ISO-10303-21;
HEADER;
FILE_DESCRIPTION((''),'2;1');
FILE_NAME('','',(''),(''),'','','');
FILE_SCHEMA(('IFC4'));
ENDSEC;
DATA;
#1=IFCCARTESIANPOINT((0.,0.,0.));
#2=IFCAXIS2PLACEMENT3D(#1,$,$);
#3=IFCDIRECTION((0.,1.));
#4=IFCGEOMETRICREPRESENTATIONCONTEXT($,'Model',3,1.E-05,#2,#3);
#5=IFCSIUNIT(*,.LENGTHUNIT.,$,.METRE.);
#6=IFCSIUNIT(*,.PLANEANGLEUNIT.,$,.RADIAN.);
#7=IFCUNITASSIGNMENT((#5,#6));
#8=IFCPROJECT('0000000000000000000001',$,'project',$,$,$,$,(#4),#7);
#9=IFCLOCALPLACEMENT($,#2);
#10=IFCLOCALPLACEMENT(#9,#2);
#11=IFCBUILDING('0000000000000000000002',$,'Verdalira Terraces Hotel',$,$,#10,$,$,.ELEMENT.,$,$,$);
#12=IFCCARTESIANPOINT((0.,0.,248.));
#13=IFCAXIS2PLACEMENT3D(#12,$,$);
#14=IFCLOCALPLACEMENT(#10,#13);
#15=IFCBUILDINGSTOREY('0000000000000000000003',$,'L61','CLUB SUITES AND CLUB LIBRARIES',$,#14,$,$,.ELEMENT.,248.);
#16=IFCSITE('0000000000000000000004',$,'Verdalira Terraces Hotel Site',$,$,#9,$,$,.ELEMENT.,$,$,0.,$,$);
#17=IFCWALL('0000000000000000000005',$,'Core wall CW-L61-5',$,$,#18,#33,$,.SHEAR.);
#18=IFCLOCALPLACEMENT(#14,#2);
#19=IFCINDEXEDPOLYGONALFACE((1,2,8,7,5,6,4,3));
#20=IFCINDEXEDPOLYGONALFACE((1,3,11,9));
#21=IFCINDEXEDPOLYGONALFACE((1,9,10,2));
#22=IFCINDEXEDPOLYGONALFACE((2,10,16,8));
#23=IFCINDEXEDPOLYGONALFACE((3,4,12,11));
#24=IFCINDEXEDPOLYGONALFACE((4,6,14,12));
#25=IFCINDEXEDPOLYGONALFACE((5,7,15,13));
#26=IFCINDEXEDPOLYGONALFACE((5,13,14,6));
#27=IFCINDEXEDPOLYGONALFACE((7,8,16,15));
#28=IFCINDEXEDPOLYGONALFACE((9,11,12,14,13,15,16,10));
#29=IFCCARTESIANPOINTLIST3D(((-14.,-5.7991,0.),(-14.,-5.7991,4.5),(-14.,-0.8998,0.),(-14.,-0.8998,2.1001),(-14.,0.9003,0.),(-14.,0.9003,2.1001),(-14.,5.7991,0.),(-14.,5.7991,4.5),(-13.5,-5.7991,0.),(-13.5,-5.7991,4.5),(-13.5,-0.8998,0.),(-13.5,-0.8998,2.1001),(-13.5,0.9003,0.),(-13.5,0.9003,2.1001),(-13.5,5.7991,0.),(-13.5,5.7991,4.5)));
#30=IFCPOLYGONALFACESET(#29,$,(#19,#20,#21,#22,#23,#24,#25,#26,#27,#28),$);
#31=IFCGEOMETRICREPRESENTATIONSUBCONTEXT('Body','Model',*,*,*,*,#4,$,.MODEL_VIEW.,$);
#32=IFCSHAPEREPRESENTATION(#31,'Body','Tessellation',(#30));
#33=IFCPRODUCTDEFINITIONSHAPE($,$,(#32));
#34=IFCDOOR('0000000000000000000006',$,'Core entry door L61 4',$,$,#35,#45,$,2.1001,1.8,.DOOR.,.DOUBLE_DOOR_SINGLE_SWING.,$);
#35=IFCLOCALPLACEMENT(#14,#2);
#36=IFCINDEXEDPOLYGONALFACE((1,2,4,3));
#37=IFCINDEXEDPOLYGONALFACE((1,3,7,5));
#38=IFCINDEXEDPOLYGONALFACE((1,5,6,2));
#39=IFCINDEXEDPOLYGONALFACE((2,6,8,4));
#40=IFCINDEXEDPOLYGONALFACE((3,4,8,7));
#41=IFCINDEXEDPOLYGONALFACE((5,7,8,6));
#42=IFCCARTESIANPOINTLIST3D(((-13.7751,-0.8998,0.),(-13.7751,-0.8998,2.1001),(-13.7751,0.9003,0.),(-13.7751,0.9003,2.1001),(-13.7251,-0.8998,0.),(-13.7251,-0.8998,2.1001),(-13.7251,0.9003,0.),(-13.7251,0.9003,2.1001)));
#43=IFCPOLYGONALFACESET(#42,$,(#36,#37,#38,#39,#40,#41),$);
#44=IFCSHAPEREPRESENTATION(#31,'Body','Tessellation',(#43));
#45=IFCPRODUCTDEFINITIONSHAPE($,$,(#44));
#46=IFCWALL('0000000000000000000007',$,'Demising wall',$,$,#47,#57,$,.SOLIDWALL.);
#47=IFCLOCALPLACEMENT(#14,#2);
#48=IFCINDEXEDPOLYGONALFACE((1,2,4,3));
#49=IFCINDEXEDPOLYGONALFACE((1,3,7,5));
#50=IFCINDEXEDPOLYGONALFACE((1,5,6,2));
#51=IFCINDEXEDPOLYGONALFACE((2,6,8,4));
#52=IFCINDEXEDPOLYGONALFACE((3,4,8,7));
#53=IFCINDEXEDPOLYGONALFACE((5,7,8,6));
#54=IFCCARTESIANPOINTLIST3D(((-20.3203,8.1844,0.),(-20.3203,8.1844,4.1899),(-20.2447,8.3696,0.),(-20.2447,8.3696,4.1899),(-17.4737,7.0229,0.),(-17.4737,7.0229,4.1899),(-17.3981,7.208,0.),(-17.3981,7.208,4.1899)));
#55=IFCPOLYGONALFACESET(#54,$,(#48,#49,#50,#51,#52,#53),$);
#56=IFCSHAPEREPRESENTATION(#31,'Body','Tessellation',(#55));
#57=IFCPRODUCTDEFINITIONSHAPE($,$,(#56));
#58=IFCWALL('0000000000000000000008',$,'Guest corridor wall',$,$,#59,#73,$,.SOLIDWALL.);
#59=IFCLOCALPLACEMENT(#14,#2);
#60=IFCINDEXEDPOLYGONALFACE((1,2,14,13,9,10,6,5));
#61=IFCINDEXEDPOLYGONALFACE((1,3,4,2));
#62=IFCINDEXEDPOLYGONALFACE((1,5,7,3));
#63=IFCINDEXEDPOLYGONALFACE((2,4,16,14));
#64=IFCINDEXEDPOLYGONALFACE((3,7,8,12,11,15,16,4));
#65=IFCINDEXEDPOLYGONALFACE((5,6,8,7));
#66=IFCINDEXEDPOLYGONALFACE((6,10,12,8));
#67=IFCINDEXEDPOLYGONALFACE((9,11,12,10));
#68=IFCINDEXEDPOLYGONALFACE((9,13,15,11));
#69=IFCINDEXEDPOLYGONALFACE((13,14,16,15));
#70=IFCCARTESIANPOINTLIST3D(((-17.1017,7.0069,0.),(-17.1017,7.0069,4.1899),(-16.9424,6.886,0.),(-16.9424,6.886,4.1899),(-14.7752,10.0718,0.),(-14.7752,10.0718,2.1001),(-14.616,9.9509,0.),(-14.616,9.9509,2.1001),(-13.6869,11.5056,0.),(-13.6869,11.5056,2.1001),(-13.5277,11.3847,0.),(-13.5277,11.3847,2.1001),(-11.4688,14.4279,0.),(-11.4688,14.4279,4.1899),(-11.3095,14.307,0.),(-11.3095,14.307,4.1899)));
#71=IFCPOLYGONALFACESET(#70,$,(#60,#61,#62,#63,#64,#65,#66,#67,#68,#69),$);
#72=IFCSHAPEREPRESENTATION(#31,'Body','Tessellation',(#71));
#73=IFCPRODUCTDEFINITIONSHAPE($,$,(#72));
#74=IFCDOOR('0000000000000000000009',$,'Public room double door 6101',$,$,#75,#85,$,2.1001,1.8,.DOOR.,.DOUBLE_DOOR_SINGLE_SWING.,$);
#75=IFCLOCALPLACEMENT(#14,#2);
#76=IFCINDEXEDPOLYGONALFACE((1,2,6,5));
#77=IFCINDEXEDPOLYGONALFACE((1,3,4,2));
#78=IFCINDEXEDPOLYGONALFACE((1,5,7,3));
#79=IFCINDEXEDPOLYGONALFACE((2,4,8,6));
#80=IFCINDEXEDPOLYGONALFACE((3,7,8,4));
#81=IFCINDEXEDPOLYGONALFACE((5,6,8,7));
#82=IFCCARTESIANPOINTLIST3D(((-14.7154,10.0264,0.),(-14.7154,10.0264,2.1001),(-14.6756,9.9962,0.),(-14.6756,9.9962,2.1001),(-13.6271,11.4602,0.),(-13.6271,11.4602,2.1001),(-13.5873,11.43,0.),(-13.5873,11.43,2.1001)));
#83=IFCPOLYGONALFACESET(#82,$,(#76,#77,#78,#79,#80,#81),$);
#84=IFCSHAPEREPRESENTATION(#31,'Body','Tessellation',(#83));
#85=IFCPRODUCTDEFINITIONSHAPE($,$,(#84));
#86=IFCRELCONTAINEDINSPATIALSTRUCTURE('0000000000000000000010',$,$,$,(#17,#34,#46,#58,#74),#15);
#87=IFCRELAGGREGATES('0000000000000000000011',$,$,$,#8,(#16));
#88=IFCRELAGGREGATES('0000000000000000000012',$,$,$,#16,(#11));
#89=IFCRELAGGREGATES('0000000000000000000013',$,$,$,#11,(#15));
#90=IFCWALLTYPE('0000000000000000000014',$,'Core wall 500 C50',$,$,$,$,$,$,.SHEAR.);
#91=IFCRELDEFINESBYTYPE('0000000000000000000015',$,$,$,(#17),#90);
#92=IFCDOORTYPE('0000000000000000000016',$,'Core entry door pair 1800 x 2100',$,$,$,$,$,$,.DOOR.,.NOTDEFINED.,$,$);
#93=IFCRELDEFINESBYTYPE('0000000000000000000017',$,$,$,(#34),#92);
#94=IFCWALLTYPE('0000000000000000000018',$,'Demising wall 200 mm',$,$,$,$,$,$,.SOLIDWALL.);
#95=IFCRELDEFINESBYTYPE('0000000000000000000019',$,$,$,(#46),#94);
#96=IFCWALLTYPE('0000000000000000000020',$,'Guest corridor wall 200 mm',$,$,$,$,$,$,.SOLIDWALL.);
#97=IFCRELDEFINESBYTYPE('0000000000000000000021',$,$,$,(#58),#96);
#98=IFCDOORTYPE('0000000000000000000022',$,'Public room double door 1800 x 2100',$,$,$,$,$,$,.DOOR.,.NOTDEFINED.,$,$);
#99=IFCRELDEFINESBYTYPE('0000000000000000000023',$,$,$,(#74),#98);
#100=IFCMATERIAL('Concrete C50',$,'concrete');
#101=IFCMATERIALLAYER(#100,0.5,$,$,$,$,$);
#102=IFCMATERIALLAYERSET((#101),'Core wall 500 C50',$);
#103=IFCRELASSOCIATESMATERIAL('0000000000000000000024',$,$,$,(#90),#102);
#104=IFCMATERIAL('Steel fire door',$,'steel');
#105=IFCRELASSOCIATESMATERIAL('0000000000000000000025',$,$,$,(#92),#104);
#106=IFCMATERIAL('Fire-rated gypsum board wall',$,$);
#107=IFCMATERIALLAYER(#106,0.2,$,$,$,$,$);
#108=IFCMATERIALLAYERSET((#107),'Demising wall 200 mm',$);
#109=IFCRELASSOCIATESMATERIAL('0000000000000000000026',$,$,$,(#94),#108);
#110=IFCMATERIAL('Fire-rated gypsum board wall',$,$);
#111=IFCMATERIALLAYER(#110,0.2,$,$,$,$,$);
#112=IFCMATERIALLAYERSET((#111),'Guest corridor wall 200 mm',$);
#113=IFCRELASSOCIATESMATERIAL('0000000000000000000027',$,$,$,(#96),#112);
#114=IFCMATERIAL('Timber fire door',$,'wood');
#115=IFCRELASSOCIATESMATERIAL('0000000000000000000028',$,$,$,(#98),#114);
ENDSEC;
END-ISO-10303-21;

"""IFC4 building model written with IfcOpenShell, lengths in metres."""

from ifc_helpers import new_model, si_unit, direction, frame, frame_2d, origin, place, context, subcontext, project, spatial, rectangle, extrude, material, layer, layer_set, type_object, element, fill, save


model = new_model("IFC4")

# Units and contexts
model_context = context("Model", 3, precision=1e-05, world=origin(), true_north=direction((0.0, 1.0)))
body_context = subcontext(model_context, "Body", "Model", "MODEL_VIEW")
ifc_project = project(units=[si_unit("LENGTHUNIT", "METRE"), si_unit("PLANEANGLEUNIT", "RADIAN")], contexts=[model_context])

# Site, building, storey
site_placement = place(None, origin())
site = spatial("IfcSite", under=ifc_project, at=site_placement, Name="Verdalira Terraces Hotel Site", CompositionType="ELEMENT", RefElevation=0.0)
building_placement = place(site_placement, origin())
building = spatial("IfcBuilding", under=site, at=building_placement, Name="Verdalira Terraces Hotel", CompositionType="ELEMENT")
storey_placement = place(building_placement, frame((0.0, 0.0, 248.0)))
storey = spatial("IfcBuildingStorey", under=building, at=storey_placement, Name="L61", Description="CLUB SUITES AND CLUB LIBRARIES", CompositionType="ELEMENT", Elevation=248.0)

# Wall, opening, door
ifc_material_1 = material(Name="Concrete C50", Category="concrete")
ifc_layer_1 = layer(ifc_material_1, 0.5)
ifc_layer_set_1 = layer_set([ifc_layer_1], Name="Core wall 500 C50")
wall_type_1 = type_object("IfcWallType", Name="Core wall 500 C50", PredefinedType="SHEAR", material=ifc_layer_set_1)
wall_1_placement = place(storey_placement, frame((-13.75, 5.7991, 0.0), z_axis=(0.0, 0.0, 1.0), x_axis=(0.0, -1.0, 0.0)))
wall_1 = element("IfcWall", 1, at=wall_1_placement, inside=storey, type_object=wall_type_1, Name="Core wall CW-L61-5", PredefinedType="SHEAR", context=body_context, shape_type="SweptSolid", body=[
    extrude(rectangle(XDim=11.5981, YDim=0.5, at=frame_2d((5.7991, 0.0))), origin(), (0.0, 0.0, 1.0), 4.5),
])
opening_1_placement = place(wall_1_placement, frame((4.8989, 0.0, 0.0)))
opening_1 = element("IfcOpeningElement", 2, at=opening_1_placement, cuts=wall_1, PredefinedType="OPENING", context=body_context, shape_type="SweptSolid", body=[
    extrude(rectangle(XDim=1.8, YDim=2.1001, at=frame_2d((0.8999, 1.05))), frame((0.0, 0.26, 0.0), z_axis=(0.0, -1.0, 0.0), x_axis=(1.0, 0.0, 0.0)), (0.0, 0.0, 1.0), 0.52),
])
ifc_material_2 = material(Name="Steel fire door", Category="steel")
door_type_1 = type_object("IfcDoorType", Name="Core entry door pair 1800 x 2100", OperationType="NOTDEFINED", PredefinedType="DOOR", material=ifc_material_2)
door_1_placement = place(opening_1_placement, origin())
door_1 = element("IfcDoor", 3, at=door_1_placement, inside=storey, type_object=door_type_1, Name="Core entry door L61 4", OperationType="DOUBLE_DOOR_SINGLE_SWING", OverallHeight=2.1001, OverallWidth=1.8, PredefinedType="DOOR", context=body_context, shape_type="SweptSolid", body=[
    extrude(rectangle(XDim=1.8, YDim=2.1001, at=frame_2d((0.8999, 1.05))), frame((0.0, 0.0249, 0.0), z_axis=(0.0, -1.0, 0.0), x_axis=(1.0, 0.0, 0.0)), (0.0, 0.0, 1.0), 0.05),
])
fill(opening_1, door_1)

# Wall
ifc_material_3 = material(Name="Fire-rated gypsum board wall")
ifc_layer_2 = layer(ifc_material_3, 0.2)
ifc_layer_set_2 = layer_set([ifc_layer_2], Name="Demising wall 200 mm")
wall_type_2 = type_object("IfcWallType", Name="Demising wall 200 mm", PredefinedType="SOLIDWALL", material=ifc_layer_set_2)
wall_2_placement = place(storey_placement, frame((-17.436, 7.1155, 0.0), z_axis=(0.0, 0.0, 1.0), x_axis=(-0.925881, 0.377816, 0.0)))
element("IfcWall", 4, at=wall_2_placement, inside=storey, type_object=wall_type_2, Name="Demising wall", PredefinedType="SOLIDWALL", context=body_context, shape_type="SweptSolid", body=[
    extrude(rectangle(XDim=3.0745, YDim=0.2, at=frame_2d((1.5371, 0.0))), origin(), (0.0, 0.0, 1.0), 4.1899),
])

# Wall, opening, door
ifc_material_4 = material(Name="Fire-rated gypsum board wall")
ifc_layer_3 = layer(ifc_material_4, 0.2)
ifc_layer_set_3 = layer_set([ifc_layer_3], Name="Guest corridor wall 200 mm")
wall_type_3 = type_object("IfcWallType", Name="Guest corridor wall 200 mm", PredefinedType="SOLIDWALL", material=ifc_layer_set_3)
wall_3_placement = place(storey_placement, frame((-17.022, 6.9465, 0.0), z_axis=(0.0, 0.0, 1.0), x_axis=(0.604602, 0.796528, 0.0)))
wall_3 = element("IfcWall", 5, at=wall_3_placement, inside=storey, type_object=wall_type_3, Name="Guest corridor wall", PredefinedType="SOLIDWALL", context=body_context, shape_type="SweptSolid", body=[
    extrude(rectangle(XDim=9.3166, YDim=0.2, at=frame_2d((4.6582, 0.0))), origin(), (0.0, 0.0, 1.0), 4.1899),
])
opening_2_placement = place(wall_3_placement, frame((3.8479, 0.0, 0.0)))
opening_2 = element("IfcOpeningElement", 6, at=opening_2_placement, cuts=wall_3, PredefinedType="OPENING", context=body_context, shape_type="SweptSolid", body=[
    extrude(rectangle(XDim=1.8, YDim=2.1001, at=frame_2d((0.8999, 1.05))), frame((0.0, 0.1099, 0.0), z_axis=(0.0, -1.0, 0.0), x_axis=(1.0, 0.0, 0.0)), (0.0, 0.0, 1.0), 0.22),
])
ifc_material_5 = material(Name="Timber fire door", Category="wood")
door_type_2 = type_object("IfcDoorType", Name="Public room double door 1800 x 2100", OperationType="NOTDEFINED", PredefinedType="DOOR", material=ifc_material_5)
door_2_placement = place(opening_2_placement, origin())
door_2 = element("IfcDoor", 7, at=door_2_placement, inside=storey, type_object=door_type_2, Name="Public room double door 6101", OperationType="DOUBLE_DOOR_SINGLE_SWING", OverallHeight=2.1001, OverallWidth=1.8, PredefinedType="DOOR", context=body_context, shape_type="SweptSolid", body=[
    extrude(rectangle(XDim=1.8, YDim=2.1001, at=frame_2d((0.8999, 1.05))), frame((0.0, 0.0249, 0.0), z_axis=(0.0, -1.0, 0.0), x_axis=(1.0, 0.0, 0.0)), (0.0, 0.0, 1.0), 0.05),
])
fill(opening_2, door_2)

save(model, "model.ifc")
